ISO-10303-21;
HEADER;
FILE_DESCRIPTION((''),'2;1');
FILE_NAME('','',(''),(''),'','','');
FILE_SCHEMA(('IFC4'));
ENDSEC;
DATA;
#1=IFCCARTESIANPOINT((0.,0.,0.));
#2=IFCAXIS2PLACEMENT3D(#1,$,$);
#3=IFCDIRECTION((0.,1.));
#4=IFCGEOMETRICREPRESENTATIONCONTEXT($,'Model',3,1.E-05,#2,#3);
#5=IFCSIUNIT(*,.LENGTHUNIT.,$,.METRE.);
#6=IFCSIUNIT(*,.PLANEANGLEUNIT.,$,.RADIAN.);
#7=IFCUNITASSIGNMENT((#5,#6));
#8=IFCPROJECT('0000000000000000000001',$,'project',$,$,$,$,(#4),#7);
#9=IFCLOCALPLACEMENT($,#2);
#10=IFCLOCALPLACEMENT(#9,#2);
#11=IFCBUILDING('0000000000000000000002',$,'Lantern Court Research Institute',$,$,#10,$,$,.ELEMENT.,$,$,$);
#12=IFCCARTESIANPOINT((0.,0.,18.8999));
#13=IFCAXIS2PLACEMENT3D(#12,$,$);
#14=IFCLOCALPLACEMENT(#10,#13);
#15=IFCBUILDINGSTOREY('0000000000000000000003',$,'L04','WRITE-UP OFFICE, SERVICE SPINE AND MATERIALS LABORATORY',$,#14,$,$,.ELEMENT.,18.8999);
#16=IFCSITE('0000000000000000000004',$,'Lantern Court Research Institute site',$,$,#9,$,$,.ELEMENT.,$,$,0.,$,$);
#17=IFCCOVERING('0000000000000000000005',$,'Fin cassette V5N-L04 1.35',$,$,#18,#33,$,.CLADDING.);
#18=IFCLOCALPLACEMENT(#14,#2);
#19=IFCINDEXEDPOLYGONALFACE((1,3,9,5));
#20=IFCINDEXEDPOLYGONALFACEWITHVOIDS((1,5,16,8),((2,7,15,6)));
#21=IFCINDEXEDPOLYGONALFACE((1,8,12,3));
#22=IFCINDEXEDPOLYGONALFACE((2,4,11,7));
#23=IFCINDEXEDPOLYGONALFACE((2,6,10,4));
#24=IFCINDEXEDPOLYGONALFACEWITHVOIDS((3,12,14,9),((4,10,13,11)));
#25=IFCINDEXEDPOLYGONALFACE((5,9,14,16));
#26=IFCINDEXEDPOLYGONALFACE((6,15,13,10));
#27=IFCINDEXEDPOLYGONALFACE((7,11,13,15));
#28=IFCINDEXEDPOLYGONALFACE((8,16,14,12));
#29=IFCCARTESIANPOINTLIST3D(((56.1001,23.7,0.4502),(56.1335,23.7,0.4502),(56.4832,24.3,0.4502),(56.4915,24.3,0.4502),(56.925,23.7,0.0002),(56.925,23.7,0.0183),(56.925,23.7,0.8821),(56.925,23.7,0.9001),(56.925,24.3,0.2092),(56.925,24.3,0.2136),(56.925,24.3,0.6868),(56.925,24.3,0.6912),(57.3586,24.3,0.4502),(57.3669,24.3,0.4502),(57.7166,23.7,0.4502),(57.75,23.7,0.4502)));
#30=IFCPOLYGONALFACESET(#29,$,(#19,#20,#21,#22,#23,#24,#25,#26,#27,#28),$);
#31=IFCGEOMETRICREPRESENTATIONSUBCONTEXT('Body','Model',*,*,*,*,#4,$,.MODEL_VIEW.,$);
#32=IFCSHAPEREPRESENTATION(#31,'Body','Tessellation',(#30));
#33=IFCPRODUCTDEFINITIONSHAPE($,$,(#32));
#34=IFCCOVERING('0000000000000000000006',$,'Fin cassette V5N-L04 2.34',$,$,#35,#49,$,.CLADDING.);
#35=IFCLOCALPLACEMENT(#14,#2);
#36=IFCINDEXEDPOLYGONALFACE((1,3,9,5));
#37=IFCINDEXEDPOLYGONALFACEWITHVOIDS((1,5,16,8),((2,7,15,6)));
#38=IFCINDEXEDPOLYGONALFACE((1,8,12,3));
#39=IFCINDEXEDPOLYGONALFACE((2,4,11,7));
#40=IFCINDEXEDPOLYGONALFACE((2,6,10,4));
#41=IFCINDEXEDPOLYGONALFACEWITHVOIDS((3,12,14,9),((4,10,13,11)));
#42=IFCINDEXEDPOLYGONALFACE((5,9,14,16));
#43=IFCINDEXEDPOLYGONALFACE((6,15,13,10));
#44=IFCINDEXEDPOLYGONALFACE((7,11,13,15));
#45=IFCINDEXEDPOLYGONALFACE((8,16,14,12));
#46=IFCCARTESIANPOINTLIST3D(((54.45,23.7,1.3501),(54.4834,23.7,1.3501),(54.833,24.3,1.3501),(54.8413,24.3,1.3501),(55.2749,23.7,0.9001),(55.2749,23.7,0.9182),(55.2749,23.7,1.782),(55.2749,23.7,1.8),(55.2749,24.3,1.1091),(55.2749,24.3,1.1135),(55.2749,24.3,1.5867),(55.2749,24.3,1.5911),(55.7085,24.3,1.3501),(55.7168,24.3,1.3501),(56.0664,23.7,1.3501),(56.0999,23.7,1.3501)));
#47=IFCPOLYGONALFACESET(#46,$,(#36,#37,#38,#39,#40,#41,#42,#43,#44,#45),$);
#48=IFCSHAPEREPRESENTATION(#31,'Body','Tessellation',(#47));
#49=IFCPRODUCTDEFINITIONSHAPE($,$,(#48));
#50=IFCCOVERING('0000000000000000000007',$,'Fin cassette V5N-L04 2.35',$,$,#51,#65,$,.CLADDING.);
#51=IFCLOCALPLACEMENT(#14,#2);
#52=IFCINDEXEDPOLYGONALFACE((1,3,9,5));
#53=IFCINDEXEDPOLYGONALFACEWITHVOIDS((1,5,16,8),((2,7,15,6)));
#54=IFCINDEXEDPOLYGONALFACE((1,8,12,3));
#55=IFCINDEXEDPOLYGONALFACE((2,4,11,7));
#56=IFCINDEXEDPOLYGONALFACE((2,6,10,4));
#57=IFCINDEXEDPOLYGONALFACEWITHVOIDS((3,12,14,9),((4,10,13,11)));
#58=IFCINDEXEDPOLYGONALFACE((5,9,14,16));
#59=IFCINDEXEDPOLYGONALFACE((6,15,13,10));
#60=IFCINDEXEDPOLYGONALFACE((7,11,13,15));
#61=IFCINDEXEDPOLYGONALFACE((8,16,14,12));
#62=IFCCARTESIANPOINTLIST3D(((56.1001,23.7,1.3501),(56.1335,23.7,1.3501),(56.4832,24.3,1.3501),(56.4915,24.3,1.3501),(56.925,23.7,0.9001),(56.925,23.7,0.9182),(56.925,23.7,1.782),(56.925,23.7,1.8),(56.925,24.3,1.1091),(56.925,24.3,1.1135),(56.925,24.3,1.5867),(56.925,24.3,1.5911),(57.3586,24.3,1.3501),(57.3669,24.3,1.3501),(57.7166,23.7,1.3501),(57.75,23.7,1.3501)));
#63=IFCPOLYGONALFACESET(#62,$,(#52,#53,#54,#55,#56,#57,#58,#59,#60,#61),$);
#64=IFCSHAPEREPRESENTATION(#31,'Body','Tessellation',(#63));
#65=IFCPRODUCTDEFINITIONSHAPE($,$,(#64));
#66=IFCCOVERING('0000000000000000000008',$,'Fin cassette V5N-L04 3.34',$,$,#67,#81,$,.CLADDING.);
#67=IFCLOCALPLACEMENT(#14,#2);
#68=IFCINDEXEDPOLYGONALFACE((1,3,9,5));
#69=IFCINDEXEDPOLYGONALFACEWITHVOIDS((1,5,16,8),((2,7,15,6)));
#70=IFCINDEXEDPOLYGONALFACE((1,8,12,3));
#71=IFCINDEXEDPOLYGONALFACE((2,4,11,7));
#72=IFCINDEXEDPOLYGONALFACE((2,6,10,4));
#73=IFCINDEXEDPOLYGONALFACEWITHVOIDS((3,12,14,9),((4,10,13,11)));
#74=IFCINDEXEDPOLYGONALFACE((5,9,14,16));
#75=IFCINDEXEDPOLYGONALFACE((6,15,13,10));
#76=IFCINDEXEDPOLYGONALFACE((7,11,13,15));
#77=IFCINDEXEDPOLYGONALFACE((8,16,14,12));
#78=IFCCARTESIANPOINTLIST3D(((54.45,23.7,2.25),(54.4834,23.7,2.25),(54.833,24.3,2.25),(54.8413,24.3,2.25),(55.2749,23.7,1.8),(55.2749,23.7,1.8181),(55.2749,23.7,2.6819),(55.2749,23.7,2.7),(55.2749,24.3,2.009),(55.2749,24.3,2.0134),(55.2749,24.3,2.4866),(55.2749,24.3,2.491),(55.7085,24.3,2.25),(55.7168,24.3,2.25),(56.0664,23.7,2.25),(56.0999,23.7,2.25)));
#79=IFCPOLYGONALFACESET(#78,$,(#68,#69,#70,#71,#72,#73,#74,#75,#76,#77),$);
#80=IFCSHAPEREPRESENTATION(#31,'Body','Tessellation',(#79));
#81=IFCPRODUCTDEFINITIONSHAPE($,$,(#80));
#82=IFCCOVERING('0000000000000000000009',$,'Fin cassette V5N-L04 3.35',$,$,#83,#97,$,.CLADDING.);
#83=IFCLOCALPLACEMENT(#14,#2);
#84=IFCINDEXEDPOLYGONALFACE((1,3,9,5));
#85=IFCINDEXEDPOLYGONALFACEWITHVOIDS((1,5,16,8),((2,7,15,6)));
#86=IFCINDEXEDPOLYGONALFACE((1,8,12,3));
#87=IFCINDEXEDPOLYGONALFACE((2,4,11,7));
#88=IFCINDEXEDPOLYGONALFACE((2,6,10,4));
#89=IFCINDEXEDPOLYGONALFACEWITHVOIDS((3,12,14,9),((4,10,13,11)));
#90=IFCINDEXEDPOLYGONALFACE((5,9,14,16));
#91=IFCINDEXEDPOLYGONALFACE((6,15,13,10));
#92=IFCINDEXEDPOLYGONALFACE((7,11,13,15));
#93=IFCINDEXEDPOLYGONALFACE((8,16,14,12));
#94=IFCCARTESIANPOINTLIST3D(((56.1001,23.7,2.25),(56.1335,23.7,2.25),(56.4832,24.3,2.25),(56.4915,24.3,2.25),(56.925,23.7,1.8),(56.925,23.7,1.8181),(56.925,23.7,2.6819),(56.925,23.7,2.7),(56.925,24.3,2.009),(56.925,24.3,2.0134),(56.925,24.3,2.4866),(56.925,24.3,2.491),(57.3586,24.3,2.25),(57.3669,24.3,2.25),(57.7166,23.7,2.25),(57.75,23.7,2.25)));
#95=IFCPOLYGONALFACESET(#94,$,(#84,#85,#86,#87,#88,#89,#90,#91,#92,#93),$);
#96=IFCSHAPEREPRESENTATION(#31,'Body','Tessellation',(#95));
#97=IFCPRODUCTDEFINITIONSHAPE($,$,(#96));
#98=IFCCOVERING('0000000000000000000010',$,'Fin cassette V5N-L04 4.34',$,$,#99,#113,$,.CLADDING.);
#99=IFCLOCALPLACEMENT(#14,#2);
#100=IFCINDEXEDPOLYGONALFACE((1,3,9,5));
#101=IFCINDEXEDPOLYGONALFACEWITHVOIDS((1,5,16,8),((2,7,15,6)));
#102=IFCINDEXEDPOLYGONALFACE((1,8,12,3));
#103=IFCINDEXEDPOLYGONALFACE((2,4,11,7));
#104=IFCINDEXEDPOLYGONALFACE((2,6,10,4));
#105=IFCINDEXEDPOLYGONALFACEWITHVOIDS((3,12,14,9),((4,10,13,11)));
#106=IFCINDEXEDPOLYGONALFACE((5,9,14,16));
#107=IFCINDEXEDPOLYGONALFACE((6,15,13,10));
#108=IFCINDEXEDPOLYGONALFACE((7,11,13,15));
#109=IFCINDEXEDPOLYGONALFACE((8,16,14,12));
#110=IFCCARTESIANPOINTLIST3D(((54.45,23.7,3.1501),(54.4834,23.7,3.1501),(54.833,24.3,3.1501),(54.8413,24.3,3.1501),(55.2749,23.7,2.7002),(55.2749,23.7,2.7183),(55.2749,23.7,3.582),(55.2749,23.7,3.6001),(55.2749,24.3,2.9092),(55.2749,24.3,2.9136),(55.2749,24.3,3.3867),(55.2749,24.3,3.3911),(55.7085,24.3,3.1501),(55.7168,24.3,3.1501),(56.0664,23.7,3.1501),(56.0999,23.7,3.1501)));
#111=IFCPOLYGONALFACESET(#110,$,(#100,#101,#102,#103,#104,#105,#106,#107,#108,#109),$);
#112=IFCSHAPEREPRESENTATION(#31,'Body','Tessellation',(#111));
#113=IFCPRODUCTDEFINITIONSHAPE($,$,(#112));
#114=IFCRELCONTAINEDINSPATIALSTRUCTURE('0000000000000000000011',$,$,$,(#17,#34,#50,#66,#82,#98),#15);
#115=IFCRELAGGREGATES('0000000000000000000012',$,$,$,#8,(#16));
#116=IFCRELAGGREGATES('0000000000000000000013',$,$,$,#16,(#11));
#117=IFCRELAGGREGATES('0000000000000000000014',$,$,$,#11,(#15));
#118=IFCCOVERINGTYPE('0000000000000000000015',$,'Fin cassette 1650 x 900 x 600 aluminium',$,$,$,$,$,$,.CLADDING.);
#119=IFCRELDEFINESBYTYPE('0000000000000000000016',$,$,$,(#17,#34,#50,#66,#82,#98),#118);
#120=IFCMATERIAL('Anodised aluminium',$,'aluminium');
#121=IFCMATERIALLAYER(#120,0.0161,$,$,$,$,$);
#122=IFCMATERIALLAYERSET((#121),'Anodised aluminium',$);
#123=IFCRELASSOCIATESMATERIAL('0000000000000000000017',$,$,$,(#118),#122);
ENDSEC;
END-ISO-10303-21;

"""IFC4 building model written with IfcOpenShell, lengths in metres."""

from ifc_helpers import new_model, entity, si_unit, direction, frame, origin, place, context, subcontext, project, spatial, material, layer, layer_set, type_object, element, save


model = new_model("IFC4")

# Units and contexts
model_context = context("Model", 3, precision=1e-05, world=origin(), true_north=direction((0.0, 1.0)))
body_context = subcontext(model_context, "Body", "Model", "MODEL_VIEW")
ifc_project = project(units=[si_unit("LENGTHUNIT", "METRE"), si_unit("PLANEANGLEUNIT", "RADIAN")], contexts=[model_context])

# Site, building, storey
site_placement = place(None, origin())
site = spatial("IfcSite", under=ifc_project, at=site_placement, Name="Lantern Court Research Institute site", CompositionType="ELEMENT", RefElevation=0.0)
building_placement = place(site_placement, origin())
building = spatial("IfcBuilding", under=site, at=building_placement, Name="Lantern Court Research Institute", CompositionType="ELEMENT")
storey_placement = place(building_placement, frame((0.0, 0.0, 18.8999)))
storey = spatial("IfcBuildingStorey", under=building, at=storey_placement, Name="L04", Description="WRITE-UP OFFICE, SERVICE SPINE AND MATERIALS LABORATORY", CompositionType="ELEMENT", Elevation=18.8999)

# Coverings
ifc_material_1 = material(Name="Anodised aluminium", Category="aluminium")
ifc_layer_1 = layer(ifc_material_1, 0.0161)
ifc_layer_set_1 = layer_set([ifc_layer_1], Name="Anodised aluminium")
covering_type_1 = type_object("IfcCoveringType", Name="Fin cassette 1650 x 900 x 600 aluminium", PredefinedType="CLADDING", material=ifc_layer_set_1)
covering_1_placement = place(storey_placement, frame((56.925, 23.7, 0.4502), z_axis=(0.0, 1.0, 0.0), x_axis=(-1.0, 0.0, 0.0)))
cartesian_point_1 = entity("IfcCartesianPoint", [0.825, 0.0])
cartesian_point_2 = entity("IfcCartesianPoint", [0.7915, 0.0])
cartesian_point_3 = entity("IfcCartesianPoint", [0.4419, 0.0])
cartesian_point_4 = entity("IfcCartesianPoint", [0.4336, 0.0])
element("IfcCovering", 1, at=covering_1_placement, inside=storey, type_object=covering_type_1, Name="Fin cassette V5N-L04 1.35", PredefinedType="CLADDING", context=body_context, shape_type="SweptSolid", body=[
    entity("IfcExtrudedAreaSolidTapered", entity("IfcArbitraryProfileDefWithVoids", "AREA", None, entity("IfcPolyline", [cartesian_point_1, entity("IfcCartesianPoint", [0.0, 0.45]), entity("IfcCartesianPoint", [-0.825, 0.0]), entity("IfcCartesianPoint", [0.0, -0.45]), cartesian_point_1]), [entity("IfcPolyline", [cartesian_point_2, entity("IfcCartesianPoint", [0.0, 0.4319]), entity("IfcCartesianPoint", [-0.7915, 0.0]), entity("IfcCartesianPoint", [0.0, -0.4319]), cartesian_point_2])]), entity("IfcAxis2Placement3D", entity("IfcCartesianPoint", [0.0, 0.0, 0.0])), entity("IfcDirection", [0.0, 0.0, 1.0]), 0.6001, entity("IfcArbitraryProfileDefWithVoids", "AREA", None, entity("IfcPolyline", [cartesian_point_3, entity("IfcCartesianPoint", [0.0, 0.241]), entity("IfcCartesianPoint", [-0.4419, 0.0]), entity("IfcCartesianPoint", [0.0, -0.241]), cartesian_point_3]), [entity("IfcPolyline", [cartesian_point_4, entity("IfcCartesianPoint", [0.0, 0.2366]), entity("IfcCartesianPoint", [-0.4336, 0.0]), entity("IfcCartesianPoint", [0.0, -0.2366]), cartesian_point_4])])),
])
covering_2_placement = place(storey_placement, frame((55.2749, 23.7, 1.3501), z_axis=(0.0, 1.0, 0.0), x_axis=(-1.0, 0.0, 0.0)))
cartesian_point_5 = entity("IfcCartesianPoint", [0.825, 0.0])
cartesian_point_6 = entity("IfcCartesianPoint", [0.7915, 0.0])
cartesian_point_7 = entity("IfcCartesianPoint", [0.4419, 0.0])
cartesian_point_8 = entity("IfcCartesianPoint", [0.4336, 0.0])
element("IfcCovering", 2, at=covering_2_placement, inside=storey, type_object=covering_type_1, Name="Fin cassette V5N-L04 2.34", PredefinedType="CLADDING", context=body_context, shape_type="SweptSolid", body=[
    entity("IfcExtrudedAreaSolidTapered", entity("IfcArbitraryProfileDefWithVoids", "AREA", None, entity("IfcPolyline", [cartesian_point_5, entity("IfcCartesianPoint", [0.0, 0.45]), entity("IfcCartesianPoint", [-0.825, 0.0]), entity("IfcCartesianPoint", [0.0, -0.45]), cartesian_point_5]), [entity("IfcPolyline", [cartesian_point_6, entity("IfcCartesianPoint", [0.0, 0.4319]), entity("IfcCartesianPoint", [-0.7915, 0.0]), entity("IfcCartesianPoint", [0.0, -0.4319]), cartesian_point_6])]), entity("IfcAxis2Placement3D", entity("IfcCartesianPoint", [0.0, 0.0, 0.0])), entity("IfcDirection", [0.0, 0.0, 1.0]), 0.6001, entity("IfcArbitraryProfileDefWithVoids", "AREA", None, entity("IfcPolyline", [cartesian_point_7, entity("IfcCartesianPoint", [0.0, 0.241]), entity("IfcCartesianPoint", [-0.4419, 0.0]), entity("IfcCartesianPoint", [0.0, -0.241]), cartesian_point_7]), [entity("IfcPolyline", [cartesian_point_8, entity("IfcCartesianPoint", [0.0, 0.2366]), entity("IfcCartesianPoint", [-0.4336, 0.0]), entity("IfcCartesianPoint", [0.0, -0.2366]), cartesian_point_8])])),
])
covering_3_placement = place(storey_placement, frame((56.925, 23.7, 1.3501), z_axis=(0.0, 1.0, 0.0), x_axis=(-1.0, 0.0, 0.0)))
cartesian_point_9 = entity("IfcCartesianPoint", [0.825, 0.0])
cartesian_point_10 = entity("IfcCartesianPoint", [0.7915, 0.0])
cartesian_point_11 = entity("IfcCartesianPoint", [0.4419, 0.0])
cartesian_point_12 = entity("IfcCartesianPoint", [0.4336, 0.0])
element("IfcCovering", 3, at=covering_3_placement, inside=storey, type_object=covering_type_1, Name="Fin cassette V5N-L04 2.35", PredefinedType="CLADDING", context=body_context, shape_type="SweptSolid", body=[
    entity("IfcExtrudedAreaSolidTapered", entity("IfcArbitraryProfileDefWithVoids", "AREA", None, entity("IfcPolyline", [cartesian_point_9, entity("IfcCartesianPoint", [0.0, 0.45]), entity("IfcCartesianPoint", [-0.825, 0.0]), entity("IfcCartesianPoint", [0.0, -0.45]), cartesian_point_9]), [entity("IfcPolyline", [cartesian_point_10, entity("IfcCartesianPoint", [0.0, 0.4319]), entity("IfcCartesianPoint", [-0.7915, 0.0]), entity("IfcCartesianPoint", [0.0, -0.4319]), cartesian_point_10])]), entity("IfcAxis2Placement3D", entity("IfcCartesianPoint", [0.0, 0.0, 0.0])), entity("IfcDirection", [0.0, 0.0, 1.0]), 0.6001, entity("IfcArbitraryProfileDefWithVoids", "AREA", None, entity("IfcPolyline", [cartesian_point_11, entity("IfcCartesianPoint", [0.0, 0.241]), entity("IfcCartesianPoint", [-0.4419, 0.0]), entity("IfcCartesianPoint", [0.0, -0.241]), cartesian_point_11]), [entity("IfcPolyline", [cartesian_point_12, entity("IfcCartesianPoint", [0.0, 0.2366]), entity("IfcCartesianPoint", [-0.4336, 0.0]), entity("IfcCartesianPoint", [0.0, -0.2366]), cartesian_point_12])])),
])
covering_4_placement = place(storey_placement, frame((55.2749, 23.7, 2.25), z_axis=(0.0, 1.0, 0.0), x_axis=(-1.0, 0.0, 0.0)))
cartesian_point_13 = entity("IfcCartesianPoint", [0.825, 0.0])
cartesian_point_14 = entity("IfcCartesianPoint", [0.7915, 0.0])
cartesian_point_15 = entity("IfcCartesianPoint", [0.4419, 0.0])
cartesian_point_16 = entity("IfcCartesianPoint", [0.4336, 0.0])
element("IfcCovering", 4, at=covering_4_placement, inside=storey, type_object=covering_type_1, Name="Fin cassette V5N-L04 3.34", PredefinedType="CLADDING", context=body_context, shape_type="SweptSolid", body=[
    entity("IfcExtrudedAreaSolidTapered", entity("IfcArbitraryProfileDefWithVoids", "AREA", None, entity("IfcPolyline", [cartesian_point_13, entity("IfcCartesianPoint", [0.0, 0.45]), entity("IfcCartesianPoint", [-0.825, 0.0]), entity("IfcCartesianPoint", [0.0, -0.45]), cartesian_point_13]), [entity("IfcPolyline", [cartesian_point_14, entity("IfcCartesianPoint", [0.0, 0.4319]), entity("IfcCartesianPoint", [-0.7915, 0.0]), entity("IfcCartesianPoint", [0.0, -0.4319]), cartesian_point_14])]), entity("IfcAxis2Placement3D", entity("IfcCartesianPoint", [0.0, 0.0, 0.0])), entity("IfcDirection", [0.0, 0.0, 1.0]), 0.6001, entity("IfcArbitraryProfileDefWithVoids", "AREA", None, entity("IfcPolyline", [cartesian_point_15, entity("IfcCartesianPoint", [0.0, 0.241]), entity("IfcCartesianPoint", [-0.4419, 0.0]), entity("IfcCartesianPoint", [0.0, -0.241]), cartesian_point_15]), [entity("IfcPolyline", [cartesian_point_16, entity("IfcCartesianPoint", [0.0, 0.2366]), entity("IfcCartesianPoint", [-0.4336, 0.0]), entity("IfcCartesianPoint", [0.0, -0.2366]), cartesian_point_16])])),
])
covering_5_placement = place(storey_placement, frame((56.925, 23.7, 2.25), z_axis=(0.0, 1.0, 0.0), x_axis=(-1.0, 0.0, 0.0)))
cartesian_point_17 = entity("IfcCartesianPoint", [0.825, 0.0])
cartesian_point_18 = entity("IfcCartesianPoint", [0.7915, 0.0])
cartesian_point_19 = entity("IfcCartesianPoint", [0.4419, 0.0])
cartesian_point_20 = entity("IfcCartesianPoint", [0.4336, 0.0])
element("IfcCovering", 5, at=covering_5_placement, inside=storey, type_object=covering_type_1, Name="Fin cassette V5N-L04 3.35", PredefinedType="CLADDING", context=body_context, shape_type="SweptSolid", body=[
    entity("IfcExtrudedAreaSolidTapered", entity("IfcArbitraryProfileDefWithVoids", "AREA", None, entity("IfcPolyline", [cartesian_point_17, entity("IfcCartesianPoint", [0.0, 0.45]), entity("IfcCartesianPoint", [-0.825, 0.0]), entity("IfcCartesianPoint", [0.0, -0.45]), cartesian_point_17]), [entity("IfcPolyline", [cartesian_point_18, entity("IfcCartesianPoint", [0.0, 0.4319]), entity("IfcCartesianPoint", [-0.7915, 0.0]), entity("IfcCartesianPoint", [0.0, -0.4319]), cartesian_point_18])]), entity("IfcAxis2Placement3D", entity("IfcCartesianPoint", [0.0, 0.0, 0.0])), entity("IfcDirection", [0.0, 0.0, 1.0]), 0.6001, entity("IfcArbitraryProfileDefWithVoids", "AREA", None, entity("IfcPolyline", [cartesian_point_19, entity("IfcCartesianPoint", [0.0, 0.241]), entity("IfcCartesianPoint", [-0.4419, 0.0]), entity("IfcCartesianPoint", [0.0, -0.241]), cartesian_point_19]), [entity("IfcPolyline", [cartesian_point_20, entity("IfcCartesianPoint", [0.0, 0.2366]), entity("IfcCartesianPoint", [-0.4336, 0.0]), entity("IfcCartesianPoint", [0.0, -0.2366]), cartesian_point_20])])),
])
covering_6_placement = place(storey_placement, frame((55.2749, 23.7, 3.1501), z_axis=(0.0, 1.0, 0.0), x_axis=(-1.0, 0.0, 0.0)))
cartesian_point_21 = entity("IfcCartesianPoint", [0.825, 0.0])
cartesian_point_22 = entity("IfcCartesianPoint", [0.7915, 0.0])
cartesian_point_23 = entity("IfcCartesianPoint", [0.4419, 0.0])
cartesian_point_24 = entity("IfcCartesianPoint", [0.4336, 0.0])
element("IfcCovering", 6, at=covering_6_placement, inside=storey, type_object=covering_type_1, Name="Fin cassette V5N-L04 4.34", PredefinedType="CLADDING", context=body_context, shape_type="SweptSolid", body=[
    entity("IfcExtrudedAreaSolidTapered", entity("IfcArbitraryProfileDefWithVoids", "AREA", None, entity("IfcPolyline", [cartesian_point_21, entity("IfcCartesianPoint", [0.0, 0.45]), entity("IfcCartesianPoint", [-0.825, 0.0]), entity("IfcCartesianPoint", [0.0, -0.45]), cartesian_point_21]), [entity("IfcPolyline", [cartesian_point_22, entity("IfcCartesianPoint", [0.0, 0.4319]), entity("IfcCartesianPoint", [-0.7915, 0.0]), entity("IfcCartesianPoint", [0.0, -0.4319]), cartesian_point_22])]), entity("IfcAxis2Placement3D", entity("IfcCartesianPoint", [0.0, 0.0, 0.0])), entity("IfcDirection", [0.0, 0.0, 1.0]), 0.6001, entity("IfcArbitraryProfileDefWithVoids", "AREA", None, entity("IfcPolyline", [cartesian_point_23, entity("IfcCartesianPoint", [0.0, 0.241]), entity("IfcCartesianPoint", [-0.4419, 0.0]), entity("IfcCartesianPoint", [0.0, -0.241]), cartesian_point_23]), [entity("IfcPolyline", [cartesian_point_24, entity("IfcCartesianPoint", [0.0, 0.2366]), entity("IfcCartesianPoint", [-0.4336, 0.0]), entity("IfcCartesianPoint", [0.0, -0.2366]), cartesian_point_24])])),
])

save(model, "model.ifc")
